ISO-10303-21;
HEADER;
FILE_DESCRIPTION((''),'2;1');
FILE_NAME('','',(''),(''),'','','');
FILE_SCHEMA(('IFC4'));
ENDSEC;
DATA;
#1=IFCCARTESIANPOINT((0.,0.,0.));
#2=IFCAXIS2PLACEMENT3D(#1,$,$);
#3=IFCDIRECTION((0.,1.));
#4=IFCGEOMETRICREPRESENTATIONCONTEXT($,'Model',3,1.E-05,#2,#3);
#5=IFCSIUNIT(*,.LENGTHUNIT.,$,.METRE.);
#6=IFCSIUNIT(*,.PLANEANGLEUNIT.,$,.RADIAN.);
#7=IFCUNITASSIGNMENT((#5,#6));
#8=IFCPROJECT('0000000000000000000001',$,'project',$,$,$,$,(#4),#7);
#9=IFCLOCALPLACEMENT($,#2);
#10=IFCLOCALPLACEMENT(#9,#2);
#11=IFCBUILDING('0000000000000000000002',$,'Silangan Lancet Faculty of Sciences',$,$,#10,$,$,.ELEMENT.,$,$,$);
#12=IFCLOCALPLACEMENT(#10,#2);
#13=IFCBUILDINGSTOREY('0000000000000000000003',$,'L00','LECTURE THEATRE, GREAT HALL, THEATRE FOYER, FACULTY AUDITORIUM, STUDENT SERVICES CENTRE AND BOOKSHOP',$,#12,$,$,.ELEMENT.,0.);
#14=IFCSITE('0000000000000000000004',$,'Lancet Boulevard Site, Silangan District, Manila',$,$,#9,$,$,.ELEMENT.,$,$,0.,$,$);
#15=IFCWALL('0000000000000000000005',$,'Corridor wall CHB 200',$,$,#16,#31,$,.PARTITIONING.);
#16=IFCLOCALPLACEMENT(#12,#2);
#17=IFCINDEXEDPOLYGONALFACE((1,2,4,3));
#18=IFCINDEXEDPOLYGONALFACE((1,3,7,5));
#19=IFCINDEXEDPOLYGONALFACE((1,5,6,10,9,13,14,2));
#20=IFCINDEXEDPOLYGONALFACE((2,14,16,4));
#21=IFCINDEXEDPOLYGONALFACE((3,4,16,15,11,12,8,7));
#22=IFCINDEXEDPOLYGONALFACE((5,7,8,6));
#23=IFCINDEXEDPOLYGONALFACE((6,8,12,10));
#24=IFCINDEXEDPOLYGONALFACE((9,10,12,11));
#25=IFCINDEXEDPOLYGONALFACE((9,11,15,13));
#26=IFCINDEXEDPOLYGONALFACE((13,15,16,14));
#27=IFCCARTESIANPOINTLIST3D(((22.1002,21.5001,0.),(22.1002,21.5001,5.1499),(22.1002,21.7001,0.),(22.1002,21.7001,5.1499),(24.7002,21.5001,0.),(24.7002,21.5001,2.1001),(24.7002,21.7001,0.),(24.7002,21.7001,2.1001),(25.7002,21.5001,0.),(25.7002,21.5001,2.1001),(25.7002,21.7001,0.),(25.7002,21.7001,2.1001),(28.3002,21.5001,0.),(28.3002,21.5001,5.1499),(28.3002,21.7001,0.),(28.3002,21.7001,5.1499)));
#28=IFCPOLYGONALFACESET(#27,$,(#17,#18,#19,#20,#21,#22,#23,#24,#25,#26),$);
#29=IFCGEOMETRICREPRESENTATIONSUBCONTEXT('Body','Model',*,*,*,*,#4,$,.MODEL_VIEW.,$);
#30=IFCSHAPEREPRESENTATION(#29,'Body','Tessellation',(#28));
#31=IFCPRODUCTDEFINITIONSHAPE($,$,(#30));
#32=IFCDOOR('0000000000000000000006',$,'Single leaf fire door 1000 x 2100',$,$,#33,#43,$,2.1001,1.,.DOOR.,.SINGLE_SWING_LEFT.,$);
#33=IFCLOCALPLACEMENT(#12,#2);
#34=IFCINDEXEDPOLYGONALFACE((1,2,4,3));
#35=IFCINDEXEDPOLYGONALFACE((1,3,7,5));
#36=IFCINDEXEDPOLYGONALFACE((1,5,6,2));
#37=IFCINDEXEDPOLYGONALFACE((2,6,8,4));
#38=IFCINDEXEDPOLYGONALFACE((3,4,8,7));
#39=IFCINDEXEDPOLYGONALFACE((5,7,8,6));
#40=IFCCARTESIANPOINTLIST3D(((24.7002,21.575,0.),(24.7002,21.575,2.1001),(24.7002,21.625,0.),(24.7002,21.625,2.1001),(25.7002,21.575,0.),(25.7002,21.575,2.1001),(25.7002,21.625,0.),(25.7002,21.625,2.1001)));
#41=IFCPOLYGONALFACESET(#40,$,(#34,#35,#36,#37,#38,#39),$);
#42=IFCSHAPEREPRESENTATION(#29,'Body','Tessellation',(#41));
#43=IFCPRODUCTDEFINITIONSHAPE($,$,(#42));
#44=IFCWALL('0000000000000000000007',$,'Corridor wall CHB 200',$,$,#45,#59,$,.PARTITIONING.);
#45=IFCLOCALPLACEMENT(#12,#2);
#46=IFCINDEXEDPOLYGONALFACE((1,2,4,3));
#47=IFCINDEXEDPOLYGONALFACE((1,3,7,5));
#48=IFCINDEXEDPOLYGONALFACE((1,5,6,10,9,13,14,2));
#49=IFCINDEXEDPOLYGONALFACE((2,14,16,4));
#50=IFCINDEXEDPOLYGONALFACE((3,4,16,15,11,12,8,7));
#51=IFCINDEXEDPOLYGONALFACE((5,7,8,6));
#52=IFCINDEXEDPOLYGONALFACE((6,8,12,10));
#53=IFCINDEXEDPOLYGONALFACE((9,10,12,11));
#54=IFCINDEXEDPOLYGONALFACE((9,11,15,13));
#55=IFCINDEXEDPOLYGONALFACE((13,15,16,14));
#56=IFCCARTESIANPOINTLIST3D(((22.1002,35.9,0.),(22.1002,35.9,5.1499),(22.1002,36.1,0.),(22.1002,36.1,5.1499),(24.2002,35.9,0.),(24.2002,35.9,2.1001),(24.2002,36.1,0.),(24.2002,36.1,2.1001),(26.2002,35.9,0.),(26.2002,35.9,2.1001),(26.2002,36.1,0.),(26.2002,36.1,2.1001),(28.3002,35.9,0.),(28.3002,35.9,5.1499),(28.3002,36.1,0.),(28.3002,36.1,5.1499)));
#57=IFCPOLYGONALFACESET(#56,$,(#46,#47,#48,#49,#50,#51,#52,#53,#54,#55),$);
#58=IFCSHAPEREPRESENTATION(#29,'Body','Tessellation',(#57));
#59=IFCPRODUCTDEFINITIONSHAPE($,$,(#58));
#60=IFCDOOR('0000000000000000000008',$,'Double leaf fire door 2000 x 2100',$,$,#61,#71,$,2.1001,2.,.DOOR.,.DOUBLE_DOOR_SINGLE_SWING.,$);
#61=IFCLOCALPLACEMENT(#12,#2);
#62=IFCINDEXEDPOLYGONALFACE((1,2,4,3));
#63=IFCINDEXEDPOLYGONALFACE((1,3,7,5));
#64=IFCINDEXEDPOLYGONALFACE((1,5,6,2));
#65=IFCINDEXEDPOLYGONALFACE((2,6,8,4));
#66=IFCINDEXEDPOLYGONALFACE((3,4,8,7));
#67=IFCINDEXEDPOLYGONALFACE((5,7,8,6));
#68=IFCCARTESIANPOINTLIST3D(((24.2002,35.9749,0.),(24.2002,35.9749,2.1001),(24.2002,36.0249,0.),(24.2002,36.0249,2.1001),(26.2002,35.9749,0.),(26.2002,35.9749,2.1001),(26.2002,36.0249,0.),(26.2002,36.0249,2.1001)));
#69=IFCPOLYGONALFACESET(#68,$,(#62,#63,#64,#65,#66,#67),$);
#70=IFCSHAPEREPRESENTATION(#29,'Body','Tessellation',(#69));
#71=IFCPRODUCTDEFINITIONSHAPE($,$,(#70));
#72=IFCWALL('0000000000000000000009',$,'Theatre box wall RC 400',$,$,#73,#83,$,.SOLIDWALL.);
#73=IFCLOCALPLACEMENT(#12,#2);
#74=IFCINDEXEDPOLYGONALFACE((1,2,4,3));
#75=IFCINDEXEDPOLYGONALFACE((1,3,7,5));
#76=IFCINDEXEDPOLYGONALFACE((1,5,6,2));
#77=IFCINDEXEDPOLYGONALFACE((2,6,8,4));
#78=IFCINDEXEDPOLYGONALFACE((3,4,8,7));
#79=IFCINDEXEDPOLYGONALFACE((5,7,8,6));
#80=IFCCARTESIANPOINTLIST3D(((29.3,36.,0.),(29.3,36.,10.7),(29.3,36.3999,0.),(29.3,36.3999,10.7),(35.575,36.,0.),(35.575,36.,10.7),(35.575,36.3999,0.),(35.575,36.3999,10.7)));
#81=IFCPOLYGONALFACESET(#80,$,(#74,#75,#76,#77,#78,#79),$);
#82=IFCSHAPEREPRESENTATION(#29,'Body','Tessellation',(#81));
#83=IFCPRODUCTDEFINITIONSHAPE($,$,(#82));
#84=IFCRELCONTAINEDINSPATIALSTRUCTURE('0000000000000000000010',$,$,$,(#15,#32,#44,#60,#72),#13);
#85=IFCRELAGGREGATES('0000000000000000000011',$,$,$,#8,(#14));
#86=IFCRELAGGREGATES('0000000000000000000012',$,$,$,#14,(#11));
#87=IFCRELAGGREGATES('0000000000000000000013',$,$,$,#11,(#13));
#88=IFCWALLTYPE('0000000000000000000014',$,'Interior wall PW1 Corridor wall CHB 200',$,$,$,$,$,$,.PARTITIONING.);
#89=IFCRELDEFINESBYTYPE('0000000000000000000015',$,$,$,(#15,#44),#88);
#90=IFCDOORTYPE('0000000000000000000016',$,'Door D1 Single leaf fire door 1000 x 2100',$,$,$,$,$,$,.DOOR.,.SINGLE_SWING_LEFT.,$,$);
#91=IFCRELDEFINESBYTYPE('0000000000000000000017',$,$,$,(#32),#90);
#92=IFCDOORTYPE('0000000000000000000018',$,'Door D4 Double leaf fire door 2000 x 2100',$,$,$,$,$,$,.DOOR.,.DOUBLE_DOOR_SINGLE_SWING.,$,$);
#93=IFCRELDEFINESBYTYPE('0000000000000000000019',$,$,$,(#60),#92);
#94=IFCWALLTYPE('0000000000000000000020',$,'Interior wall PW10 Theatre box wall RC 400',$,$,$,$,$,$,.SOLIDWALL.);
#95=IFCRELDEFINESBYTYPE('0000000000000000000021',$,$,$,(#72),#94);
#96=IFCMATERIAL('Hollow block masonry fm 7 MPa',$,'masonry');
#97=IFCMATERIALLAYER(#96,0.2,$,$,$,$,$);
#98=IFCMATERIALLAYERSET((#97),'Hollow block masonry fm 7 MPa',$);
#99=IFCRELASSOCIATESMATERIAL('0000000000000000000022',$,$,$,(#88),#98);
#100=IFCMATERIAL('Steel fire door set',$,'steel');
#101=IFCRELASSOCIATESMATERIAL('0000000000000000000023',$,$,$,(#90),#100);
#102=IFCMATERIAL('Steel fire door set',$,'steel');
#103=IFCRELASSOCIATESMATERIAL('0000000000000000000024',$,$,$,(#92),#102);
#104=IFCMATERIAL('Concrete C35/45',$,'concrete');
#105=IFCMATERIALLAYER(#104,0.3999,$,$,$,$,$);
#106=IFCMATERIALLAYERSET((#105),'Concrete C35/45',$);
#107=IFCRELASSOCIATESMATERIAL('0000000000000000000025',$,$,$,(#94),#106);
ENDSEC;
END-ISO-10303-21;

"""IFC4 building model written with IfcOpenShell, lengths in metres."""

from ifc_helpers import new_model, si_unit, direction, frame, frame_2d, origin, place, context, subcontext, project, spatial, rectangle, extrude, material, layer, layer_set, type_object, element, fill, save


model = new_model("IFC4")

# Units and contexts
model_context = context("Model", 3, precision=1e-05, world=origin(), true_north=direction((0.0, 1.0)))
body_context = subcontext(model_context, "Body", "Model", "MODEL_VIEW")
ifc_project = project(units=[si_unit("LENGTHUNIT", "METRE"), si_unit("PLANEANGLEUNIT", "RADIAN")], contexts=[model_context])

# Site, building, storey
site_placement = place(None, origin())
site = spatial("IfcSite", under=ifc_project, at=site_placement, Name="Lancet Boulevard Site, Silangan District, Manila", CompositionType="ELEMENT", RefElevation=0.0)
building_placement = place(site_placement, origin())
building = spatial("IfcBuilding", under=site, at=building_placement, Name="Silangan Lancet Faculty of Sciences", CompositionType="ELEMENT")
storey_placement = place(building_placement, origin())
storey = spatial("IfcBuildingStorey", under=building, at=storey_placement, Name="L00", Description="LECTURE THEATRE, GREAT HALL, THEATRE FOYER, FACULTY AUDITORIUM, STUDENT SERVICES CENTRE AND BOOKSHOP", CompositionType="ELEMENT", Elevation=0.0)

# Walls, openings, doors
ifc_material_1 = material(Name="Hollow block masonry fm 7 MPa", Category="masonry")
ifc_layer_1 = layer(ifc_material_1, 0.2)
ifc_layer_set_1 = layer_set([ifc_layer_1], Name="Hollow block masonry fm 7 MPa")
wall_type_1 = type_object("IfcWallType", Name="Interior wall PW1 Corridor wall CHB 200", PredefinedType="PARTITIONING", material=ifc_layer_set_1)
wall_1_placement = place(storey_placement, frame((22.1001, 21.6001, 0.0), z_axis=(0.0, 0.0, 1.0), x_axis=(1.0, 0.0, 0.0)))
wall_1 = element("IfcWall", 1, at=wall_1_placement, inside=storey, type_object=wall_type_1, Name="Corridor wall CHB 200", PredefinedType="PARTITIONING", context=body_context, shape_type="SweptSolid", body=[
    extrude(rectangle(XDim=6.2, YDim=0.2, at=frame_2d((3.1001, 0.0))), origin(), (0.0, 0.0, 1.0), 5.1499),
])
opening_1_placement = place(wall_1_placement, frame((2.6001, 0.0, 0.0)))
opening_1 = element("IfcOpeningElement", 2, at=opening_1_placement, cuts=wall_1, PredefinedType="OPENING", context=body_context, shape_type="SweptSolid", body=[
    extrude(rectangle(XDim=1.0, YDim=2.1001, at=frame_2d((0.5, 1.05))), frame((0.0, 0.1099, 0.0), z_axis=(0.0, -1.0, 0.0), x_axis=(1.0, 0.0, 0.0)), (0.0, 0.0, 1.0), 0.22),
])
ifc_material_2 = material(Name="Steel fire door set", Category="steel")
door_type_1 = type_object("IfcDoorType", Name="Door D1 Single leaf fire door 1000 x 2100", OperationType="SINGLE_SWING_LEFT", PredefinedType="DOOR", material=ifc_material_2)
door_1_placement = place(opening_1_placement, frame((1.0, 0.0, 0.0), z_axis=(0.0, 0.0, 1.0), x_axis=(-1.0, 0.0, 0.0)))
door_1 = element("IfcDoor", 3, at=door_1_placement, inside=storey, type_object=door_type_1, Name="Single leaf fire door 1000 x 2100", OperationType="SINGLE_SWING_LEFT", OverallHeight=2.1001, OverallWidth=1.0, PredefinedType="DOOR", context=body_context, shape_type="SweptSolid", body=[
    extrude(rectangle(XDim=1.0, YDim=2.1001, at=frame_2d((0.5, 1.05))), frame((0.0, 0.0251, 0.0), z_axis=(0.0, -1.0, 0.0), x_axis=(1.0, 0.0, 0.0)), (0.0, 0.0, 1.0), 0.05),
])
fill(opening_1, door_1)
wall_2_placement = place(storey_placement, frame((22.1001, 36.0, 0.0), z_axis=(0.0, 0.0, 1.0), x_axis=(1.0, 0.0, 0.0)))
wall_2 = element("IfcWall", 4, at=wall_2_placement, inside=storey, type_object=wall_type_1, Name="Corridor wall CHB 200", PredefinedType="PARTITIONING", context=body_context, shape_type="SweptSolid", body=[
    extrude(rectangle(XDim=6.2, YDim=0.2, at=frame_2d((3.1001, 0.0))), origin(), (0.0, 0.0, 1.0), 5.1499),
])
opening_2_placement = place(wall_2_placement, frame((2.1001, 0.0, 0.0)))
opening_2 = element("IfcOpeningElement", 5, at=opening_2_placement, cuts=wall_2, PredefinedType="OPENING", context=body_context, shape_type="SweptSolid", body=[
    extrude(rectangle(XDim=2.0, YDim=2.1001, at=frame_2d((1.0, 1.05))), frame((0.0, 0.1099, 0.0), z_axis=(0.0, -1.0, 0.0), x_axis=(1.0, 0.0, 0.0)), (0.0, 0.0, 1.0), 0.22),
])
ifc_material_3 = material(Name="Steel fire door set", Category="steel")
door_type_2 = type_object("IfcDoorType", Name="Door D4 Double leaf fire door 2000 x 2100", OperationType="DOUBLE_DOOR_SINGLE_SWING", PredefinedType="DOOR", material=ifc_material_3)
door_2_placement = place(opening_2_placement, origin())
door_2 = element("IfcDoor", 6, at=door_2_placement, inside=storey, type_object=door_type_2, Name="Double leaf fire door 2000 x 2100", OperationType="DOUBLE_DOOR_SINGLE_SWING", OverallHeight=2.1001, OverallWidth=2.0, PredefinedType="DOOR", context=body_context, shape_type="SweptSolid", body=[
    extrude(rectangle(XDim=2.0, YDim=2.1001, at=frame_2d((1.0, 1.05))), frame((0.0, 0.0249, 0.0), z_axis=(0.0, -1.0, 0.0), x_axis=(1.0, 0.0, 0.0)), (0.0, 0.0, 1.0), 0.05),
])
fill(opening_2, door_2)

# Wall
ifc_material_4 = material(Name="Concrete C35/45", Category="concrete")
ifc_layer_2 = layer(ifc_material_4, 0.3999)
ifc_layer_set_2 = layer_set([ifc_layer_2], Name="Concrete C35/45")
wall_type_2 = type_object("IfcWallType", Name="Interior wall PW10 Theatre box wall RC 400", PredefinedType="SOLIDWALL", material=ifc_layer_set_2)
wall_3_placement = place(storey_placement, frame((29.3, 36.2, 0.0), z_axis=(0.0, 0.0, 1.0), x_axis=(1.0, 0.0, 0.0)))
element("IfcWall", 7, at=wall_3_placement, inside=storey, type_object=wall_type_2, Name="Theatre box wall RC 400", PredefinedType="SOLIDWALL", context=body_context, shape_type="SweptSolid", body=[
    extrude(rectangle(XDim=6.2749, YDim=0.3999, at=frame_2d((3.1375, 0.0))), origin(), (0.0, 0.0, 1.0), 10.7),
])

save(model, "model.ifc")
